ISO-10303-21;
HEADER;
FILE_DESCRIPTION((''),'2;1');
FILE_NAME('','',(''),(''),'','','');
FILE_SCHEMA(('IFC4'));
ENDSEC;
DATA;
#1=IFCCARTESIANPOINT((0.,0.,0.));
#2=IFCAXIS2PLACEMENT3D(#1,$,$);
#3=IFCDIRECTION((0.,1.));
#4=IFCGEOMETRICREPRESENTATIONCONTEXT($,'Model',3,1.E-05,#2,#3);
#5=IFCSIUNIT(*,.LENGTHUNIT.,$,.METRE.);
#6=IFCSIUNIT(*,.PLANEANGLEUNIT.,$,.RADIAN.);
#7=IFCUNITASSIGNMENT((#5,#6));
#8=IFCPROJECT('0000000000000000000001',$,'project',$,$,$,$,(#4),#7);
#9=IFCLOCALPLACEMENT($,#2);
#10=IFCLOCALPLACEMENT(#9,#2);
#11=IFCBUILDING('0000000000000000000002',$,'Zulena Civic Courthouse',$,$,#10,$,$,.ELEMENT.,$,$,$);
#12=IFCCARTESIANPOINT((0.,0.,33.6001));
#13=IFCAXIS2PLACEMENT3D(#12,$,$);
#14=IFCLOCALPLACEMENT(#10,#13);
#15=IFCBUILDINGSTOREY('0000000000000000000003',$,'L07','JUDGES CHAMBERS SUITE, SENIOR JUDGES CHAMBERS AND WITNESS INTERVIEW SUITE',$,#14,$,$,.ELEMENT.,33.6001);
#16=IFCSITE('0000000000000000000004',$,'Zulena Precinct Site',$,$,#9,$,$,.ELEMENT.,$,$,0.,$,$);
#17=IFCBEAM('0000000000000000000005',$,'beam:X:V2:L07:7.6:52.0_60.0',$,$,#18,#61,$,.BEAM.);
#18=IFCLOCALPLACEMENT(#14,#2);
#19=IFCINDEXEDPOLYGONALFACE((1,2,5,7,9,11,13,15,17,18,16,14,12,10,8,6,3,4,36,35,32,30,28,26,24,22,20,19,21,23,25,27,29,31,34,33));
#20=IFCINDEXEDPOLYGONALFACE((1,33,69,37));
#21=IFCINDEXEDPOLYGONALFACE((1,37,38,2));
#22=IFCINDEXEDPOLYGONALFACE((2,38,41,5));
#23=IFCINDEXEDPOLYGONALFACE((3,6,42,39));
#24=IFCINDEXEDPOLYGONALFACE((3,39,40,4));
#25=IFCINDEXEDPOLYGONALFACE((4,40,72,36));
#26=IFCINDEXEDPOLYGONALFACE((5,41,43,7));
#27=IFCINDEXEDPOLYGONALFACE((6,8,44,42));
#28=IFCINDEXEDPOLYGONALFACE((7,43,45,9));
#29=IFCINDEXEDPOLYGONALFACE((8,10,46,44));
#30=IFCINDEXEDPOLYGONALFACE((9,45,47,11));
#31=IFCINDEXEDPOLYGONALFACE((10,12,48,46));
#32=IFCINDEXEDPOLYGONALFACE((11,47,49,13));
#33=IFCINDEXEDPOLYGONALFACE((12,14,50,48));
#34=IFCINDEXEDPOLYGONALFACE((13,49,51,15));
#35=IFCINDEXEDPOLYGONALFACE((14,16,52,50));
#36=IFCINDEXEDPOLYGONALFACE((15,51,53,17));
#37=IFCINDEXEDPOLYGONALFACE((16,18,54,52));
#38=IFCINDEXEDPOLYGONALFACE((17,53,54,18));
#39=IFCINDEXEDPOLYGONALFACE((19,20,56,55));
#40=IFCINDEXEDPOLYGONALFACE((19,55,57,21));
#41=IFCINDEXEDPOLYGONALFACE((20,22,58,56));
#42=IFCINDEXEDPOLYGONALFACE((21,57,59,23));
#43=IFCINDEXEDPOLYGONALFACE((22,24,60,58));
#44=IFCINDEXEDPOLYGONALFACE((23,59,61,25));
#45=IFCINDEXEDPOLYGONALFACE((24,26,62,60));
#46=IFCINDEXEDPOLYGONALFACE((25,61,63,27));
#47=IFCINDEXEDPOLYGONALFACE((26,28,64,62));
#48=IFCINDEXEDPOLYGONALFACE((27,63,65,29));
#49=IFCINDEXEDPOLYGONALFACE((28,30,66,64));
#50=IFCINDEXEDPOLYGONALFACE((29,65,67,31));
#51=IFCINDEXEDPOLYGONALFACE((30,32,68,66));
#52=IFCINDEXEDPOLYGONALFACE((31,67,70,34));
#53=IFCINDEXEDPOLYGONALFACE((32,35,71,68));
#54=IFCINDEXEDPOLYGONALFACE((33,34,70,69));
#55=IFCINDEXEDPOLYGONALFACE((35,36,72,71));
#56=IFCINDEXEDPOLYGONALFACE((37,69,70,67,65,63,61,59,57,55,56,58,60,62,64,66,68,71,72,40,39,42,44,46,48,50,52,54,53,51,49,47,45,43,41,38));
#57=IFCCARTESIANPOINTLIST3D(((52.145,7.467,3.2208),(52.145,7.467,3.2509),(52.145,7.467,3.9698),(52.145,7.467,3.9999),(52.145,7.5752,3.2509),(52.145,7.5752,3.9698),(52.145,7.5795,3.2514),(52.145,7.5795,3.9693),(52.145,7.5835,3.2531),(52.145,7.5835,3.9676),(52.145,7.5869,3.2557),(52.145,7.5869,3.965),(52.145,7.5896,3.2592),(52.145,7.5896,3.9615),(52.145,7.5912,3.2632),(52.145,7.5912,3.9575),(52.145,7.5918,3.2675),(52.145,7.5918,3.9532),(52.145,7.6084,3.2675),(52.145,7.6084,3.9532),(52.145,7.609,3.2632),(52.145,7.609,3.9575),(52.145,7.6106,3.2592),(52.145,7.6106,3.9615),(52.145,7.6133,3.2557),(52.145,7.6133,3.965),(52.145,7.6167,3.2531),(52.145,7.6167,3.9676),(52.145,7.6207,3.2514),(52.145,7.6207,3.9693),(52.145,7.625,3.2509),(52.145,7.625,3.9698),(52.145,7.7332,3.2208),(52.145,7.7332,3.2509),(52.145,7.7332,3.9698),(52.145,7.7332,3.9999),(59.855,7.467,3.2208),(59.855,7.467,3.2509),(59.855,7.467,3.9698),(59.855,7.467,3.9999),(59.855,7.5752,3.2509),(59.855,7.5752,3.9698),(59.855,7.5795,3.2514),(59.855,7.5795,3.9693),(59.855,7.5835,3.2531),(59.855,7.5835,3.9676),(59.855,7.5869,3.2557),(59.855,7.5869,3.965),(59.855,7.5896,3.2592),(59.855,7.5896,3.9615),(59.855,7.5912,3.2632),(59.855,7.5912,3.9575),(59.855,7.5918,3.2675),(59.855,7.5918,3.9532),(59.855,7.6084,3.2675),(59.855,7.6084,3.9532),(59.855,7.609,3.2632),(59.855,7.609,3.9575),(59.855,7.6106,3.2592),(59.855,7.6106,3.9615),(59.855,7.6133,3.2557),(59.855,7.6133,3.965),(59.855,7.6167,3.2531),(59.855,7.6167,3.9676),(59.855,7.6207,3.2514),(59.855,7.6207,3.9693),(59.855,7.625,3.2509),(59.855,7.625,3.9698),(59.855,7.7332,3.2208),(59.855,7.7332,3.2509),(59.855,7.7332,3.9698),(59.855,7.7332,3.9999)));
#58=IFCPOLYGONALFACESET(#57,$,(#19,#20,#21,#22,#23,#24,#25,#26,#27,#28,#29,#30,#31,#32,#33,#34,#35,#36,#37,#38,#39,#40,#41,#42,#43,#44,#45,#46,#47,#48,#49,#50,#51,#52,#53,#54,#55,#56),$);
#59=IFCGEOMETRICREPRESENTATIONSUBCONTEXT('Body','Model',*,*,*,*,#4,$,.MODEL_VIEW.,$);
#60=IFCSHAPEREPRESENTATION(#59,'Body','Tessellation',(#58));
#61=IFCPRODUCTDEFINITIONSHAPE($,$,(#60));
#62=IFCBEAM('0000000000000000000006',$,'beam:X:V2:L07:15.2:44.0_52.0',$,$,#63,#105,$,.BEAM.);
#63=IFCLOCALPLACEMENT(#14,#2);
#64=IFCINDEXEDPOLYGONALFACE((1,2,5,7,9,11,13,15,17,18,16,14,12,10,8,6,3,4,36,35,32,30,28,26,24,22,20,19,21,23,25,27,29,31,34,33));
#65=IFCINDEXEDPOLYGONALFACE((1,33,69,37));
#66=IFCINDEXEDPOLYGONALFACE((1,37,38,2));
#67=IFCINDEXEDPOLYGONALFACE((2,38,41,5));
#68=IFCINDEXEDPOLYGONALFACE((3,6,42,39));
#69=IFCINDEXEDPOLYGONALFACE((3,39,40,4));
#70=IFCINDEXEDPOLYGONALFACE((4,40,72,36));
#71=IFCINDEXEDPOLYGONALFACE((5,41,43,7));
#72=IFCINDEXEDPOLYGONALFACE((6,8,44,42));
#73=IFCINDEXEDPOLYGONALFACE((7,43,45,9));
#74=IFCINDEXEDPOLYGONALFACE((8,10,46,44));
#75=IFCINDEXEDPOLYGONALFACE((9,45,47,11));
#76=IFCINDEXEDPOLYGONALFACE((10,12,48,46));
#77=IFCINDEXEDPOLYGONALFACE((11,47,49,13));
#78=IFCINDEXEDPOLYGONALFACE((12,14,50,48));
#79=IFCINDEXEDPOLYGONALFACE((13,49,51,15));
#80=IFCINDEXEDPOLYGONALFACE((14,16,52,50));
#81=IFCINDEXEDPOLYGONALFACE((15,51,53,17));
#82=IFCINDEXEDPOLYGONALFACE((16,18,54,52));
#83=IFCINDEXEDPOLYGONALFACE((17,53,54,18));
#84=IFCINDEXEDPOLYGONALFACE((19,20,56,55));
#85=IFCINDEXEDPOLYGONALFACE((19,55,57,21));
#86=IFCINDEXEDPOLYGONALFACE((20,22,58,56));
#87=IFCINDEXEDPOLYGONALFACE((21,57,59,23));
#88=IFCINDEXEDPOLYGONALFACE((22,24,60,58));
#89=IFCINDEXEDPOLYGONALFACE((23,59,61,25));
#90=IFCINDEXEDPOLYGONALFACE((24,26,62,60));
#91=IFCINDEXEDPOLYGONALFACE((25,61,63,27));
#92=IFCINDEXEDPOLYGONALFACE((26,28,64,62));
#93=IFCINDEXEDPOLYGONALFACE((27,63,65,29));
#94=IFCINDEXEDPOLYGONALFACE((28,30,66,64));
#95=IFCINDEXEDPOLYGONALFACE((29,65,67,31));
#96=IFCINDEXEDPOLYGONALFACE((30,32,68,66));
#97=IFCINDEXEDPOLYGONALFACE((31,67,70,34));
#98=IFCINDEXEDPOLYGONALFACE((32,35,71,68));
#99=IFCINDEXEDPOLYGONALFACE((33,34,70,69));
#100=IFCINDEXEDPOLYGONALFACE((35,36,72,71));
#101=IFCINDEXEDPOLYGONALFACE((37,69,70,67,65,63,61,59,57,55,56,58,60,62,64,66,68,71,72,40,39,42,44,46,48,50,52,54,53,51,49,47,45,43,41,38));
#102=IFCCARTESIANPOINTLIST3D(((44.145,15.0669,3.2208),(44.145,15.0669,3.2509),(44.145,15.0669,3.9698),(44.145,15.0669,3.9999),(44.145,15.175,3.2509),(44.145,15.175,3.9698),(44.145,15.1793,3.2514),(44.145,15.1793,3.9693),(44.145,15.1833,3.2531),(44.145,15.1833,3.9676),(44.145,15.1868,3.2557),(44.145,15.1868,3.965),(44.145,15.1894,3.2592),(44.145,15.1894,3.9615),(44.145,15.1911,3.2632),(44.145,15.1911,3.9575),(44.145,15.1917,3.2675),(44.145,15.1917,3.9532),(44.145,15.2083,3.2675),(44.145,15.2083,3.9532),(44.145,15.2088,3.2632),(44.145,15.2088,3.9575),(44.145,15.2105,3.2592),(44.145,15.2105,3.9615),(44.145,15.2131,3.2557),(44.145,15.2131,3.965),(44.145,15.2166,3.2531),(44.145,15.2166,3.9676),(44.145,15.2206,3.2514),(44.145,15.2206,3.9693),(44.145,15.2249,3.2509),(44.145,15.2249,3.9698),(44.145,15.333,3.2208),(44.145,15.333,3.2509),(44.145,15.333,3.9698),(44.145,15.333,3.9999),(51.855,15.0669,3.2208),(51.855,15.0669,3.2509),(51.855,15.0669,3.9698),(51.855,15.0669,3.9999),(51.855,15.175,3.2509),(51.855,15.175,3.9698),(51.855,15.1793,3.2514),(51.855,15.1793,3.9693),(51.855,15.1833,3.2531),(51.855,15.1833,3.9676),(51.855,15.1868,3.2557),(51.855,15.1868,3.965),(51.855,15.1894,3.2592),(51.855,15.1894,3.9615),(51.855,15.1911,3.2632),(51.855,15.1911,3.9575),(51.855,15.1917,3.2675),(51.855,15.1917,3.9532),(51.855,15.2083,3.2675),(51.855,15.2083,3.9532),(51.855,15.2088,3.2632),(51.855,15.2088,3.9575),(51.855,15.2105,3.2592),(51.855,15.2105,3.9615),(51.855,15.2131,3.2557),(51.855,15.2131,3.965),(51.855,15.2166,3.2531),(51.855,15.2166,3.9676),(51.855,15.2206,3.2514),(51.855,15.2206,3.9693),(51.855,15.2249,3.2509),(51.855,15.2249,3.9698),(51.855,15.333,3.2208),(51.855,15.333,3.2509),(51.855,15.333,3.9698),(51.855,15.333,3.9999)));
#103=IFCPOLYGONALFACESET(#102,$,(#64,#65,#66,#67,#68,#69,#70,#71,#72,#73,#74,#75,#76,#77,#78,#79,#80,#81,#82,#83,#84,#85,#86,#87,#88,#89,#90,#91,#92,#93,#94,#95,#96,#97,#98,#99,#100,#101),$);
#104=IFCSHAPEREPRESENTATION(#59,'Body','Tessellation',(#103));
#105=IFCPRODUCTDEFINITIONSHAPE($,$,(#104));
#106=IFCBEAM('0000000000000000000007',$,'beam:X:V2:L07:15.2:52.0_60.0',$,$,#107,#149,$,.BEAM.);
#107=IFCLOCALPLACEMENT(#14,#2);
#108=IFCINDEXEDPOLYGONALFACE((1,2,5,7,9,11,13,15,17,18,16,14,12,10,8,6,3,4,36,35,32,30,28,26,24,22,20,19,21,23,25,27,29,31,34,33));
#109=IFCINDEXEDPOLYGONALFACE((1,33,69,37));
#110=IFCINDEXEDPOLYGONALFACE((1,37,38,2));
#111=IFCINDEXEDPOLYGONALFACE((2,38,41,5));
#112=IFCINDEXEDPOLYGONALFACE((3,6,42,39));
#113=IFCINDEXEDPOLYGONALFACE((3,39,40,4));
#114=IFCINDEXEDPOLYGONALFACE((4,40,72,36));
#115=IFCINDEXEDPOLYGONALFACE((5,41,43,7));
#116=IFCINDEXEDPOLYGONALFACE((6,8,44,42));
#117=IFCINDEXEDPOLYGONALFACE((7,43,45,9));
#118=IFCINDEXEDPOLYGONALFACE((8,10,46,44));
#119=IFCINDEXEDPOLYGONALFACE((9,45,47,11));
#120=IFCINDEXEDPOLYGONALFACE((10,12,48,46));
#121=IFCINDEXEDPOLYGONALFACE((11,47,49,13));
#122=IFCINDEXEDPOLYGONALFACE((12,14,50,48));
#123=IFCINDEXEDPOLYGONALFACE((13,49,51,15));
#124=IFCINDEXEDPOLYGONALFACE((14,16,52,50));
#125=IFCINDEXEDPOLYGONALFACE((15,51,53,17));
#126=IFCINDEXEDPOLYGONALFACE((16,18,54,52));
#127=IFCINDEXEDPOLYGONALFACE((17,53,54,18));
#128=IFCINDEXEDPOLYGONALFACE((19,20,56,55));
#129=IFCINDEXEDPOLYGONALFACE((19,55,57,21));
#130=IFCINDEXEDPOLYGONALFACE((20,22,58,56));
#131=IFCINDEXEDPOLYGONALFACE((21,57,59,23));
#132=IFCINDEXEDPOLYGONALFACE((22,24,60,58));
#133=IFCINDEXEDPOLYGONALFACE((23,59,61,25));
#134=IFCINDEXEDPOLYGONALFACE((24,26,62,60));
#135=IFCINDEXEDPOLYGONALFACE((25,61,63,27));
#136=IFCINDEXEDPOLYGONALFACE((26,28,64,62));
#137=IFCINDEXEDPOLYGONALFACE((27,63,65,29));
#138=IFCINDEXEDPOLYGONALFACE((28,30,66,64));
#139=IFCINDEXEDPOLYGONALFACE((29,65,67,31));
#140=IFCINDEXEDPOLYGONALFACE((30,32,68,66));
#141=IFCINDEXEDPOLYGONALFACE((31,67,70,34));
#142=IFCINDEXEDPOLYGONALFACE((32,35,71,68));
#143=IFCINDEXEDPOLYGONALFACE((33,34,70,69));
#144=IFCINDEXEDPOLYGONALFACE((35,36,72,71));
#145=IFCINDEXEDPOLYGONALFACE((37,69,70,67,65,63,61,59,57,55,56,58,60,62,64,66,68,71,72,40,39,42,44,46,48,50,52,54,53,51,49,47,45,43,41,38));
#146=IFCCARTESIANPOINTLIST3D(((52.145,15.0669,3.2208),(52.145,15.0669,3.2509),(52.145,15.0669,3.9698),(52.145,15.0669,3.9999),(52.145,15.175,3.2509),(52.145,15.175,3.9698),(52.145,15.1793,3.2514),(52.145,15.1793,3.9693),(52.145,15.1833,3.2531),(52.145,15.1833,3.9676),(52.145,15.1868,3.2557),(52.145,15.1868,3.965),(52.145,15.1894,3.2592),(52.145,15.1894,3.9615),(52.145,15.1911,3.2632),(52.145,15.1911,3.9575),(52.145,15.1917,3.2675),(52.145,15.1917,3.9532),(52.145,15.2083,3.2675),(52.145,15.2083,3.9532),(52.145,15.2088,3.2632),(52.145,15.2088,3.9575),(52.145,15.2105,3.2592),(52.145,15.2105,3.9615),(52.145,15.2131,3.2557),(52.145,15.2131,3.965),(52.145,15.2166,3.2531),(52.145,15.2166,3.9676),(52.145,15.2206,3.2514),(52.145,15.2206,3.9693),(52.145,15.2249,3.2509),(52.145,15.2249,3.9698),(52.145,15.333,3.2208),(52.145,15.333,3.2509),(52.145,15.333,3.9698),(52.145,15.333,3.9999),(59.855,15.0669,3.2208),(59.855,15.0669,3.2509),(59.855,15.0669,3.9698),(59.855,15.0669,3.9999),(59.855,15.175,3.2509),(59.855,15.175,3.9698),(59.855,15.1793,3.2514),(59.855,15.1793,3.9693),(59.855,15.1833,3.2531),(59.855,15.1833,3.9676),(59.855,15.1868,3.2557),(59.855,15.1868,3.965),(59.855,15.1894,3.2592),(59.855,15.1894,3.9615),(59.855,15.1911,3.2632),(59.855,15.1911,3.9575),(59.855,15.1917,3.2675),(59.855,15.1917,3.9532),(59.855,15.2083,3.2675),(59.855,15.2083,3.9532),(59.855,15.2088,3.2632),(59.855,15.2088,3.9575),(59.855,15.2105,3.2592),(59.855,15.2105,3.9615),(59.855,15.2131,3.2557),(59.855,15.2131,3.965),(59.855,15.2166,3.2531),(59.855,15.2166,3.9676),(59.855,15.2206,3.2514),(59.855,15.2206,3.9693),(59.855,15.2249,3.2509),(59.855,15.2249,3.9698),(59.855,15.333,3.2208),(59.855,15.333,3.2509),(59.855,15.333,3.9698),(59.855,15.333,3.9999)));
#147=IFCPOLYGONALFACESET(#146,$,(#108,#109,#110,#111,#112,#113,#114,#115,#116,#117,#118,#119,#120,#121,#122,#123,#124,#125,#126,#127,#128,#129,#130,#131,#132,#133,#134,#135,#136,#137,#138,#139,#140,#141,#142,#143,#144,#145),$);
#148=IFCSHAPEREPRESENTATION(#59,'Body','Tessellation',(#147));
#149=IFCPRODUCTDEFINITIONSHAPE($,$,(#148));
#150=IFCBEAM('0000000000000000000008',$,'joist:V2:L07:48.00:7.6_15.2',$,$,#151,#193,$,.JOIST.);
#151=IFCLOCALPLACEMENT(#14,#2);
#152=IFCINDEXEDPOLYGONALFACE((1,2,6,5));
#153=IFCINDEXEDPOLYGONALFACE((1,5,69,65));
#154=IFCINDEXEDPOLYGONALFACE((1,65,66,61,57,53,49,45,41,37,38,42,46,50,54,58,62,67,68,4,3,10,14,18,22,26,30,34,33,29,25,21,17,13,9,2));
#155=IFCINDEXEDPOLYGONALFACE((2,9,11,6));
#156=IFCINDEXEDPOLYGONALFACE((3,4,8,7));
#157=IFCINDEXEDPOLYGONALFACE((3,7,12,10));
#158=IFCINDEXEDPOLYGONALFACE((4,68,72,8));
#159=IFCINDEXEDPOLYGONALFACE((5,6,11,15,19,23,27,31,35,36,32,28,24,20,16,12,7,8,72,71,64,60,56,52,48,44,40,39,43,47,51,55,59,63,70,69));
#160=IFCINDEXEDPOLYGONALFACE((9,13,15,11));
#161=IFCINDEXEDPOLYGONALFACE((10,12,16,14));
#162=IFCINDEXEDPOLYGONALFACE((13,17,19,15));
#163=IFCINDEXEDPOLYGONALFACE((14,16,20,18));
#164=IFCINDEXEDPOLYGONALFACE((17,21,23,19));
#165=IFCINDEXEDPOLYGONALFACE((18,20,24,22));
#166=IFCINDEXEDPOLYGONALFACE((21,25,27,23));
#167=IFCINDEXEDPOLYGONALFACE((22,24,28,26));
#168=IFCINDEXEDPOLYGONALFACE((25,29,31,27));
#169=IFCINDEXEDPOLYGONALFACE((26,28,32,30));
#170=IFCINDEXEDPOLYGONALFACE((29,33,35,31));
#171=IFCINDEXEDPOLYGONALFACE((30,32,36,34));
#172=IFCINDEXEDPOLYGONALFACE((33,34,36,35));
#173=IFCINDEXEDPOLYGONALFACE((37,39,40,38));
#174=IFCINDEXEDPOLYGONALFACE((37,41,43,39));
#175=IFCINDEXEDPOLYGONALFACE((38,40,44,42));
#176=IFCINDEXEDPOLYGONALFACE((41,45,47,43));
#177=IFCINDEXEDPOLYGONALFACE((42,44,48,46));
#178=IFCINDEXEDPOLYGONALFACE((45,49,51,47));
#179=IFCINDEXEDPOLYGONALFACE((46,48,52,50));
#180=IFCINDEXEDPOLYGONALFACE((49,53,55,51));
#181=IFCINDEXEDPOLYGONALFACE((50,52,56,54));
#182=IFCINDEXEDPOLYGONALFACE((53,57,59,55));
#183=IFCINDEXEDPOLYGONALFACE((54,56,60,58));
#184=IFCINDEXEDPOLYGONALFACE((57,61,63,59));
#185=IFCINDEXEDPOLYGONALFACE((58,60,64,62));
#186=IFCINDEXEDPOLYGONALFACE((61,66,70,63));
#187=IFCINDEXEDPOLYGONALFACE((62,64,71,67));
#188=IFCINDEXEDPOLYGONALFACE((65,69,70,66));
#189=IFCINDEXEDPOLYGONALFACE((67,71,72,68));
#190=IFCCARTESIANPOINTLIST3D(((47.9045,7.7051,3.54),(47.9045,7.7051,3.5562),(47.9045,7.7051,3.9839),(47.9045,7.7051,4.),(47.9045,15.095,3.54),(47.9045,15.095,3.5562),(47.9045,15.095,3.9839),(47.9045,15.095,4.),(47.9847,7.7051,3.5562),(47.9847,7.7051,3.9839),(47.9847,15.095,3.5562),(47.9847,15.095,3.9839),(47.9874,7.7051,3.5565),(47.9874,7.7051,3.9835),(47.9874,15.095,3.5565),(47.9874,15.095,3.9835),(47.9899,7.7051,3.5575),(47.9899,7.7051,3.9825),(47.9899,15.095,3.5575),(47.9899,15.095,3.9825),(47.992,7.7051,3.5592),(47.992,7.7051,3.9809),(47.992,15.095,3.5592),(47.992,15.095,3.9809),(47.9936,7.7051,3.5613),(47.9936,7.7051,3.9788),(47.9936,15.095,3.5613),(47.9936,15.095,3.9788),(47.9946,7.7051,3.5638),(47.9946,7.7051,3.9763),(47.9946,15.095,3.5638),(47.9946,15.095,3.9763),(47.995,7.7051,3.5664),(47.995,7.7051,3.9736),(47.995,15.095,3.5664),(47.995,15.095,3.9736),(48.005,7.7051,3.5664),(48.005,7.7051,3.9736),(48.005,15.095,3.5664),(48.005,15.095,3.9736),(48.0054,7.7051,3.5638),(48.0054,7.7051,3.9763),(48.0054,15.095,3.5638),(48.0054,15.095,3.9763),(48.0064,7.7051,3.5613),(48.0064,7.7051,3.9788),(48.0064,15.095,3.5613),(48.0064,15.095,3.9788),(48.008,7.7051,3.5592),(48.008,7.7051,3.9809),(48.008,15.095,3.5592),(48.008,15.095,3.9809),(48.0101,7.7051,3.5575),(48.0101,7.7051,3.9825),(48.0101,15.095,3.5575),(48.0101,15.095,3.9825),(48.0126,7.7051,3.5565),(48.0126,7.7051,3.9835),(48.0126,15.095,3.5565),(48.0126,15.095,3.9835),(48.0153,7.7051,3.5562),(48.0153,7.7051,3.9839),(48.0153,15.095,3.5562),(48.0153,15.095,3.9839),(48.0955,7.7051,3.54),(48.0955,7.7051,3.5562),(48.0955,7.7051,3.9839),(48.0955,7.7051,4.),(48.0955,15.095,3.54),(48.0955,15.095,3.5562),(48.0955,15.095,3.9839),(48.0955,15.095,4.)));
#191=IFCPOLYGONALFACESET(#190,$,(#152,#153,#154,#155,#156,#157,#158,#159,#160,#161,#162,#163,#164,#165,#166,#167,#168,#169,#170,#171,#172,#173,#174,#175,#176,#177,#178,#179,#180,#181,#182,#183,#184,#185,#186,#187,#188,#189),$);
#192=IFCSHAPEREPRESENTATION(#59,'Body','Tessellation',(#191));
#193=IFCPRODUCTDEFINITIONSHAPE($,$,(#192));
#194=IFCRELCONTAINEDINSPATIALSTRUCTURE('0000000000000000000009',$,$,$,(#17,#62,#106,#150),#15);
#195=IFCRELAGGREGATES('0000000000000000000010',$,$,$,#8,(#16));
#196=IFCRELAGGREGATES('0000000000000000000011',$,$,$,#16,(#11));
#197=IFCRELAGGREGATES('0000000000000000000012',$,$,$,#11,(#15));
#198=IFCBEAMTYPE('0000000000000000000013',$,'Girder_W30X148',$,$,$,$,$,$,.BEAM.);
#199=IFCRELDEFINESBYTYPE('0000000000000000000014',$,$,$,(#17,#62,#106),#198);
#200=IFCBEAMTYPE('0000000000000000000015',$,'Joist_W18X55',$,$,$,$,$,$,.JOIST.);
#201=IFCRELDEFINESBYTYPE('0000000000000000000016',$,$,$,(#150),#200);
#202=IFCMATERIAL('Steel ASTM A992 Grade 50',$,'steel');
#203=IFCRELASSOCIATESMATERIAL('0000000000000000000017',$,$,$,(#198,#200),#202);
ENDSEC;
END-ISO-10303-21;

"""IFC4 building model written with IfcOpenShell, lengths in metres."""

from ifc_helpers import new_model, si_unit, direction, frame, origin, origin_2d, place, context, subcontext, project, spatial, i_section, extrude, material, material_profile, profile_set, type_object, element, save


model = new_model("IFC4")

# Units and contexts
model_context = context("Model", 3, precision=1e-05, world=origin(), true_north=direction((0.0, 1.0)))
body_context = subcontext(model_context, "Body", "Model", "MODEL_VIEW")
ifc_project = project(units=[si_unit("LENGTHUNIT", "METRE"), si_unit("PLANEANGLEUNIT", "RADIAN")], contexts=[model_context])

# Site, building, storey
site_placement = place(None, origin())
site = spatial("IfcSite", under=ifc_project, at=site_placement, Name="Zulena Precinct Site", CompositionType="ELEMENT", RefElevation=0.0)
building_placement = place(site_placement, origin())
building = spatial("IfcBuilding", under=site, at=building_placement, Name="Zulena Civic Courthouse", CompositionType="ELEMENT")
storey_placement = place(building_placement, frame((0.0, 0.0, 33.6001)))
storey = spatial("IfcBuildingStorey", under=building, at=storey_placement, Name="L07", Description="JUDGES CHAMBERS SUITE, SENIOR JUDGES CHAMBERS AND WITNESS INTERVIEW SUITE", CompositionType="ELEMENT", Elevation=33.6001)

# Shared definitions
ifc_material_1 = material(Name="Steel ASTM A992 Grade 50", Category="steel")

# Beams
ifc_material_profile_1 = material_profile(ifc_material_1, i_section(OverallWidth=0.2661, OverallDepth=0.7791, WebThickness=0.0166, FlangeThickness=0.03, FilletRadius=0.0166, at=origin_2d()), Name="W30X148")
ifc_profile_set_1 = profile_set([ifc_material_profile_1], Name="Steel ASTM A992 Grade 50")
beam_type_1 = type_object("IfcBeamType", Name="Girder_W30X148", PredefinedType="BEAM", material=ifc_profile_set_1)
for number, where, z_axis, x_axis, name in (
    (1, (52.145, 7.6001, 3.6104), (1.0, 0.0, 0.0), (0.0, 1.0, 0.0), "beam:X:V2:L07:7.6:52.0_60.0"),
    (2, (44.145, 15.2, 3.6104), (1.0, 0.0, 0.0), (0.0, 1.0, 0.0), "beam:X:V2:L07:15.2:44.0_52.0"),
    (3, (52.145, 15.2, 3.6104), (1.0, 0.0, 0.0), (0.0, 1.0, 0.0), "beam:X:V2:L07:15.2:52.0_60.0"),
):
    element("IfcBeam", number, at=place(storey_placement, frame(where, z_axis=z_axis, x_axis=x_axis)), inside=storey, type_object=beam_type_1, Name=name, PredefinedType="BEAM", context=body_context, shape_type="SweptSolid", body=[
        extrude(i_section(OverallWidth=0.2661, OverallDepth=0.7791, WebThickness=0.0166, FlangeThickness=0.03, FilletRadius=0.0166, at=origin_2d()), origin(), (0.0, 0.0, 1.0), 7.71),
    ])
ifc_material_profile_2 = material_profile(ifc_material_1, i_section(OverallWidth=0.1909, OverallDepth=0.46, WebThickness=0.01, FlangeThickness=0.0161, FilletRadius=0.0103, at=origin_2d()), Name="W18X55")
ifc_profile_set_2 = profile_set([ifc_material_profile_2], Name="Steel ASTM A992 Grade 50")
beam_type_2 = type_object("IfcBeamType", Name="Joist_W18X55", PredefinedType="JOIST", material=ifc_profile_set_2)
for number, where, z_axis, x_axis, name in (
    (4, (48.0, 7.7051, 3.77), (0.0, 1.0, 0.0), (-1.0, 0.0, 0.0), "joist:V2:L07:48.00:7.6_15.2"),
):
    element("IfcBeam", number, at=place(storey_placement, frame(where, z_axis=z_axis, x_axis=x_axis)), inside=storey, type_object=beam_type_2, Name=name, PredefinedType="JOIST", context=body_context, shape_type="SweptSolid", body=[
        extrude(i_section(OverallWidth=0.1909, OverallDepth=0.46, WebThickness=0.01, FlangeThickness=0.0161, FilletRadius=0.0103, at=origin_2d()), origin(), (0.0, 0.0, 1.0), 7.3899),
    ])

save(model, "model.ifc")
